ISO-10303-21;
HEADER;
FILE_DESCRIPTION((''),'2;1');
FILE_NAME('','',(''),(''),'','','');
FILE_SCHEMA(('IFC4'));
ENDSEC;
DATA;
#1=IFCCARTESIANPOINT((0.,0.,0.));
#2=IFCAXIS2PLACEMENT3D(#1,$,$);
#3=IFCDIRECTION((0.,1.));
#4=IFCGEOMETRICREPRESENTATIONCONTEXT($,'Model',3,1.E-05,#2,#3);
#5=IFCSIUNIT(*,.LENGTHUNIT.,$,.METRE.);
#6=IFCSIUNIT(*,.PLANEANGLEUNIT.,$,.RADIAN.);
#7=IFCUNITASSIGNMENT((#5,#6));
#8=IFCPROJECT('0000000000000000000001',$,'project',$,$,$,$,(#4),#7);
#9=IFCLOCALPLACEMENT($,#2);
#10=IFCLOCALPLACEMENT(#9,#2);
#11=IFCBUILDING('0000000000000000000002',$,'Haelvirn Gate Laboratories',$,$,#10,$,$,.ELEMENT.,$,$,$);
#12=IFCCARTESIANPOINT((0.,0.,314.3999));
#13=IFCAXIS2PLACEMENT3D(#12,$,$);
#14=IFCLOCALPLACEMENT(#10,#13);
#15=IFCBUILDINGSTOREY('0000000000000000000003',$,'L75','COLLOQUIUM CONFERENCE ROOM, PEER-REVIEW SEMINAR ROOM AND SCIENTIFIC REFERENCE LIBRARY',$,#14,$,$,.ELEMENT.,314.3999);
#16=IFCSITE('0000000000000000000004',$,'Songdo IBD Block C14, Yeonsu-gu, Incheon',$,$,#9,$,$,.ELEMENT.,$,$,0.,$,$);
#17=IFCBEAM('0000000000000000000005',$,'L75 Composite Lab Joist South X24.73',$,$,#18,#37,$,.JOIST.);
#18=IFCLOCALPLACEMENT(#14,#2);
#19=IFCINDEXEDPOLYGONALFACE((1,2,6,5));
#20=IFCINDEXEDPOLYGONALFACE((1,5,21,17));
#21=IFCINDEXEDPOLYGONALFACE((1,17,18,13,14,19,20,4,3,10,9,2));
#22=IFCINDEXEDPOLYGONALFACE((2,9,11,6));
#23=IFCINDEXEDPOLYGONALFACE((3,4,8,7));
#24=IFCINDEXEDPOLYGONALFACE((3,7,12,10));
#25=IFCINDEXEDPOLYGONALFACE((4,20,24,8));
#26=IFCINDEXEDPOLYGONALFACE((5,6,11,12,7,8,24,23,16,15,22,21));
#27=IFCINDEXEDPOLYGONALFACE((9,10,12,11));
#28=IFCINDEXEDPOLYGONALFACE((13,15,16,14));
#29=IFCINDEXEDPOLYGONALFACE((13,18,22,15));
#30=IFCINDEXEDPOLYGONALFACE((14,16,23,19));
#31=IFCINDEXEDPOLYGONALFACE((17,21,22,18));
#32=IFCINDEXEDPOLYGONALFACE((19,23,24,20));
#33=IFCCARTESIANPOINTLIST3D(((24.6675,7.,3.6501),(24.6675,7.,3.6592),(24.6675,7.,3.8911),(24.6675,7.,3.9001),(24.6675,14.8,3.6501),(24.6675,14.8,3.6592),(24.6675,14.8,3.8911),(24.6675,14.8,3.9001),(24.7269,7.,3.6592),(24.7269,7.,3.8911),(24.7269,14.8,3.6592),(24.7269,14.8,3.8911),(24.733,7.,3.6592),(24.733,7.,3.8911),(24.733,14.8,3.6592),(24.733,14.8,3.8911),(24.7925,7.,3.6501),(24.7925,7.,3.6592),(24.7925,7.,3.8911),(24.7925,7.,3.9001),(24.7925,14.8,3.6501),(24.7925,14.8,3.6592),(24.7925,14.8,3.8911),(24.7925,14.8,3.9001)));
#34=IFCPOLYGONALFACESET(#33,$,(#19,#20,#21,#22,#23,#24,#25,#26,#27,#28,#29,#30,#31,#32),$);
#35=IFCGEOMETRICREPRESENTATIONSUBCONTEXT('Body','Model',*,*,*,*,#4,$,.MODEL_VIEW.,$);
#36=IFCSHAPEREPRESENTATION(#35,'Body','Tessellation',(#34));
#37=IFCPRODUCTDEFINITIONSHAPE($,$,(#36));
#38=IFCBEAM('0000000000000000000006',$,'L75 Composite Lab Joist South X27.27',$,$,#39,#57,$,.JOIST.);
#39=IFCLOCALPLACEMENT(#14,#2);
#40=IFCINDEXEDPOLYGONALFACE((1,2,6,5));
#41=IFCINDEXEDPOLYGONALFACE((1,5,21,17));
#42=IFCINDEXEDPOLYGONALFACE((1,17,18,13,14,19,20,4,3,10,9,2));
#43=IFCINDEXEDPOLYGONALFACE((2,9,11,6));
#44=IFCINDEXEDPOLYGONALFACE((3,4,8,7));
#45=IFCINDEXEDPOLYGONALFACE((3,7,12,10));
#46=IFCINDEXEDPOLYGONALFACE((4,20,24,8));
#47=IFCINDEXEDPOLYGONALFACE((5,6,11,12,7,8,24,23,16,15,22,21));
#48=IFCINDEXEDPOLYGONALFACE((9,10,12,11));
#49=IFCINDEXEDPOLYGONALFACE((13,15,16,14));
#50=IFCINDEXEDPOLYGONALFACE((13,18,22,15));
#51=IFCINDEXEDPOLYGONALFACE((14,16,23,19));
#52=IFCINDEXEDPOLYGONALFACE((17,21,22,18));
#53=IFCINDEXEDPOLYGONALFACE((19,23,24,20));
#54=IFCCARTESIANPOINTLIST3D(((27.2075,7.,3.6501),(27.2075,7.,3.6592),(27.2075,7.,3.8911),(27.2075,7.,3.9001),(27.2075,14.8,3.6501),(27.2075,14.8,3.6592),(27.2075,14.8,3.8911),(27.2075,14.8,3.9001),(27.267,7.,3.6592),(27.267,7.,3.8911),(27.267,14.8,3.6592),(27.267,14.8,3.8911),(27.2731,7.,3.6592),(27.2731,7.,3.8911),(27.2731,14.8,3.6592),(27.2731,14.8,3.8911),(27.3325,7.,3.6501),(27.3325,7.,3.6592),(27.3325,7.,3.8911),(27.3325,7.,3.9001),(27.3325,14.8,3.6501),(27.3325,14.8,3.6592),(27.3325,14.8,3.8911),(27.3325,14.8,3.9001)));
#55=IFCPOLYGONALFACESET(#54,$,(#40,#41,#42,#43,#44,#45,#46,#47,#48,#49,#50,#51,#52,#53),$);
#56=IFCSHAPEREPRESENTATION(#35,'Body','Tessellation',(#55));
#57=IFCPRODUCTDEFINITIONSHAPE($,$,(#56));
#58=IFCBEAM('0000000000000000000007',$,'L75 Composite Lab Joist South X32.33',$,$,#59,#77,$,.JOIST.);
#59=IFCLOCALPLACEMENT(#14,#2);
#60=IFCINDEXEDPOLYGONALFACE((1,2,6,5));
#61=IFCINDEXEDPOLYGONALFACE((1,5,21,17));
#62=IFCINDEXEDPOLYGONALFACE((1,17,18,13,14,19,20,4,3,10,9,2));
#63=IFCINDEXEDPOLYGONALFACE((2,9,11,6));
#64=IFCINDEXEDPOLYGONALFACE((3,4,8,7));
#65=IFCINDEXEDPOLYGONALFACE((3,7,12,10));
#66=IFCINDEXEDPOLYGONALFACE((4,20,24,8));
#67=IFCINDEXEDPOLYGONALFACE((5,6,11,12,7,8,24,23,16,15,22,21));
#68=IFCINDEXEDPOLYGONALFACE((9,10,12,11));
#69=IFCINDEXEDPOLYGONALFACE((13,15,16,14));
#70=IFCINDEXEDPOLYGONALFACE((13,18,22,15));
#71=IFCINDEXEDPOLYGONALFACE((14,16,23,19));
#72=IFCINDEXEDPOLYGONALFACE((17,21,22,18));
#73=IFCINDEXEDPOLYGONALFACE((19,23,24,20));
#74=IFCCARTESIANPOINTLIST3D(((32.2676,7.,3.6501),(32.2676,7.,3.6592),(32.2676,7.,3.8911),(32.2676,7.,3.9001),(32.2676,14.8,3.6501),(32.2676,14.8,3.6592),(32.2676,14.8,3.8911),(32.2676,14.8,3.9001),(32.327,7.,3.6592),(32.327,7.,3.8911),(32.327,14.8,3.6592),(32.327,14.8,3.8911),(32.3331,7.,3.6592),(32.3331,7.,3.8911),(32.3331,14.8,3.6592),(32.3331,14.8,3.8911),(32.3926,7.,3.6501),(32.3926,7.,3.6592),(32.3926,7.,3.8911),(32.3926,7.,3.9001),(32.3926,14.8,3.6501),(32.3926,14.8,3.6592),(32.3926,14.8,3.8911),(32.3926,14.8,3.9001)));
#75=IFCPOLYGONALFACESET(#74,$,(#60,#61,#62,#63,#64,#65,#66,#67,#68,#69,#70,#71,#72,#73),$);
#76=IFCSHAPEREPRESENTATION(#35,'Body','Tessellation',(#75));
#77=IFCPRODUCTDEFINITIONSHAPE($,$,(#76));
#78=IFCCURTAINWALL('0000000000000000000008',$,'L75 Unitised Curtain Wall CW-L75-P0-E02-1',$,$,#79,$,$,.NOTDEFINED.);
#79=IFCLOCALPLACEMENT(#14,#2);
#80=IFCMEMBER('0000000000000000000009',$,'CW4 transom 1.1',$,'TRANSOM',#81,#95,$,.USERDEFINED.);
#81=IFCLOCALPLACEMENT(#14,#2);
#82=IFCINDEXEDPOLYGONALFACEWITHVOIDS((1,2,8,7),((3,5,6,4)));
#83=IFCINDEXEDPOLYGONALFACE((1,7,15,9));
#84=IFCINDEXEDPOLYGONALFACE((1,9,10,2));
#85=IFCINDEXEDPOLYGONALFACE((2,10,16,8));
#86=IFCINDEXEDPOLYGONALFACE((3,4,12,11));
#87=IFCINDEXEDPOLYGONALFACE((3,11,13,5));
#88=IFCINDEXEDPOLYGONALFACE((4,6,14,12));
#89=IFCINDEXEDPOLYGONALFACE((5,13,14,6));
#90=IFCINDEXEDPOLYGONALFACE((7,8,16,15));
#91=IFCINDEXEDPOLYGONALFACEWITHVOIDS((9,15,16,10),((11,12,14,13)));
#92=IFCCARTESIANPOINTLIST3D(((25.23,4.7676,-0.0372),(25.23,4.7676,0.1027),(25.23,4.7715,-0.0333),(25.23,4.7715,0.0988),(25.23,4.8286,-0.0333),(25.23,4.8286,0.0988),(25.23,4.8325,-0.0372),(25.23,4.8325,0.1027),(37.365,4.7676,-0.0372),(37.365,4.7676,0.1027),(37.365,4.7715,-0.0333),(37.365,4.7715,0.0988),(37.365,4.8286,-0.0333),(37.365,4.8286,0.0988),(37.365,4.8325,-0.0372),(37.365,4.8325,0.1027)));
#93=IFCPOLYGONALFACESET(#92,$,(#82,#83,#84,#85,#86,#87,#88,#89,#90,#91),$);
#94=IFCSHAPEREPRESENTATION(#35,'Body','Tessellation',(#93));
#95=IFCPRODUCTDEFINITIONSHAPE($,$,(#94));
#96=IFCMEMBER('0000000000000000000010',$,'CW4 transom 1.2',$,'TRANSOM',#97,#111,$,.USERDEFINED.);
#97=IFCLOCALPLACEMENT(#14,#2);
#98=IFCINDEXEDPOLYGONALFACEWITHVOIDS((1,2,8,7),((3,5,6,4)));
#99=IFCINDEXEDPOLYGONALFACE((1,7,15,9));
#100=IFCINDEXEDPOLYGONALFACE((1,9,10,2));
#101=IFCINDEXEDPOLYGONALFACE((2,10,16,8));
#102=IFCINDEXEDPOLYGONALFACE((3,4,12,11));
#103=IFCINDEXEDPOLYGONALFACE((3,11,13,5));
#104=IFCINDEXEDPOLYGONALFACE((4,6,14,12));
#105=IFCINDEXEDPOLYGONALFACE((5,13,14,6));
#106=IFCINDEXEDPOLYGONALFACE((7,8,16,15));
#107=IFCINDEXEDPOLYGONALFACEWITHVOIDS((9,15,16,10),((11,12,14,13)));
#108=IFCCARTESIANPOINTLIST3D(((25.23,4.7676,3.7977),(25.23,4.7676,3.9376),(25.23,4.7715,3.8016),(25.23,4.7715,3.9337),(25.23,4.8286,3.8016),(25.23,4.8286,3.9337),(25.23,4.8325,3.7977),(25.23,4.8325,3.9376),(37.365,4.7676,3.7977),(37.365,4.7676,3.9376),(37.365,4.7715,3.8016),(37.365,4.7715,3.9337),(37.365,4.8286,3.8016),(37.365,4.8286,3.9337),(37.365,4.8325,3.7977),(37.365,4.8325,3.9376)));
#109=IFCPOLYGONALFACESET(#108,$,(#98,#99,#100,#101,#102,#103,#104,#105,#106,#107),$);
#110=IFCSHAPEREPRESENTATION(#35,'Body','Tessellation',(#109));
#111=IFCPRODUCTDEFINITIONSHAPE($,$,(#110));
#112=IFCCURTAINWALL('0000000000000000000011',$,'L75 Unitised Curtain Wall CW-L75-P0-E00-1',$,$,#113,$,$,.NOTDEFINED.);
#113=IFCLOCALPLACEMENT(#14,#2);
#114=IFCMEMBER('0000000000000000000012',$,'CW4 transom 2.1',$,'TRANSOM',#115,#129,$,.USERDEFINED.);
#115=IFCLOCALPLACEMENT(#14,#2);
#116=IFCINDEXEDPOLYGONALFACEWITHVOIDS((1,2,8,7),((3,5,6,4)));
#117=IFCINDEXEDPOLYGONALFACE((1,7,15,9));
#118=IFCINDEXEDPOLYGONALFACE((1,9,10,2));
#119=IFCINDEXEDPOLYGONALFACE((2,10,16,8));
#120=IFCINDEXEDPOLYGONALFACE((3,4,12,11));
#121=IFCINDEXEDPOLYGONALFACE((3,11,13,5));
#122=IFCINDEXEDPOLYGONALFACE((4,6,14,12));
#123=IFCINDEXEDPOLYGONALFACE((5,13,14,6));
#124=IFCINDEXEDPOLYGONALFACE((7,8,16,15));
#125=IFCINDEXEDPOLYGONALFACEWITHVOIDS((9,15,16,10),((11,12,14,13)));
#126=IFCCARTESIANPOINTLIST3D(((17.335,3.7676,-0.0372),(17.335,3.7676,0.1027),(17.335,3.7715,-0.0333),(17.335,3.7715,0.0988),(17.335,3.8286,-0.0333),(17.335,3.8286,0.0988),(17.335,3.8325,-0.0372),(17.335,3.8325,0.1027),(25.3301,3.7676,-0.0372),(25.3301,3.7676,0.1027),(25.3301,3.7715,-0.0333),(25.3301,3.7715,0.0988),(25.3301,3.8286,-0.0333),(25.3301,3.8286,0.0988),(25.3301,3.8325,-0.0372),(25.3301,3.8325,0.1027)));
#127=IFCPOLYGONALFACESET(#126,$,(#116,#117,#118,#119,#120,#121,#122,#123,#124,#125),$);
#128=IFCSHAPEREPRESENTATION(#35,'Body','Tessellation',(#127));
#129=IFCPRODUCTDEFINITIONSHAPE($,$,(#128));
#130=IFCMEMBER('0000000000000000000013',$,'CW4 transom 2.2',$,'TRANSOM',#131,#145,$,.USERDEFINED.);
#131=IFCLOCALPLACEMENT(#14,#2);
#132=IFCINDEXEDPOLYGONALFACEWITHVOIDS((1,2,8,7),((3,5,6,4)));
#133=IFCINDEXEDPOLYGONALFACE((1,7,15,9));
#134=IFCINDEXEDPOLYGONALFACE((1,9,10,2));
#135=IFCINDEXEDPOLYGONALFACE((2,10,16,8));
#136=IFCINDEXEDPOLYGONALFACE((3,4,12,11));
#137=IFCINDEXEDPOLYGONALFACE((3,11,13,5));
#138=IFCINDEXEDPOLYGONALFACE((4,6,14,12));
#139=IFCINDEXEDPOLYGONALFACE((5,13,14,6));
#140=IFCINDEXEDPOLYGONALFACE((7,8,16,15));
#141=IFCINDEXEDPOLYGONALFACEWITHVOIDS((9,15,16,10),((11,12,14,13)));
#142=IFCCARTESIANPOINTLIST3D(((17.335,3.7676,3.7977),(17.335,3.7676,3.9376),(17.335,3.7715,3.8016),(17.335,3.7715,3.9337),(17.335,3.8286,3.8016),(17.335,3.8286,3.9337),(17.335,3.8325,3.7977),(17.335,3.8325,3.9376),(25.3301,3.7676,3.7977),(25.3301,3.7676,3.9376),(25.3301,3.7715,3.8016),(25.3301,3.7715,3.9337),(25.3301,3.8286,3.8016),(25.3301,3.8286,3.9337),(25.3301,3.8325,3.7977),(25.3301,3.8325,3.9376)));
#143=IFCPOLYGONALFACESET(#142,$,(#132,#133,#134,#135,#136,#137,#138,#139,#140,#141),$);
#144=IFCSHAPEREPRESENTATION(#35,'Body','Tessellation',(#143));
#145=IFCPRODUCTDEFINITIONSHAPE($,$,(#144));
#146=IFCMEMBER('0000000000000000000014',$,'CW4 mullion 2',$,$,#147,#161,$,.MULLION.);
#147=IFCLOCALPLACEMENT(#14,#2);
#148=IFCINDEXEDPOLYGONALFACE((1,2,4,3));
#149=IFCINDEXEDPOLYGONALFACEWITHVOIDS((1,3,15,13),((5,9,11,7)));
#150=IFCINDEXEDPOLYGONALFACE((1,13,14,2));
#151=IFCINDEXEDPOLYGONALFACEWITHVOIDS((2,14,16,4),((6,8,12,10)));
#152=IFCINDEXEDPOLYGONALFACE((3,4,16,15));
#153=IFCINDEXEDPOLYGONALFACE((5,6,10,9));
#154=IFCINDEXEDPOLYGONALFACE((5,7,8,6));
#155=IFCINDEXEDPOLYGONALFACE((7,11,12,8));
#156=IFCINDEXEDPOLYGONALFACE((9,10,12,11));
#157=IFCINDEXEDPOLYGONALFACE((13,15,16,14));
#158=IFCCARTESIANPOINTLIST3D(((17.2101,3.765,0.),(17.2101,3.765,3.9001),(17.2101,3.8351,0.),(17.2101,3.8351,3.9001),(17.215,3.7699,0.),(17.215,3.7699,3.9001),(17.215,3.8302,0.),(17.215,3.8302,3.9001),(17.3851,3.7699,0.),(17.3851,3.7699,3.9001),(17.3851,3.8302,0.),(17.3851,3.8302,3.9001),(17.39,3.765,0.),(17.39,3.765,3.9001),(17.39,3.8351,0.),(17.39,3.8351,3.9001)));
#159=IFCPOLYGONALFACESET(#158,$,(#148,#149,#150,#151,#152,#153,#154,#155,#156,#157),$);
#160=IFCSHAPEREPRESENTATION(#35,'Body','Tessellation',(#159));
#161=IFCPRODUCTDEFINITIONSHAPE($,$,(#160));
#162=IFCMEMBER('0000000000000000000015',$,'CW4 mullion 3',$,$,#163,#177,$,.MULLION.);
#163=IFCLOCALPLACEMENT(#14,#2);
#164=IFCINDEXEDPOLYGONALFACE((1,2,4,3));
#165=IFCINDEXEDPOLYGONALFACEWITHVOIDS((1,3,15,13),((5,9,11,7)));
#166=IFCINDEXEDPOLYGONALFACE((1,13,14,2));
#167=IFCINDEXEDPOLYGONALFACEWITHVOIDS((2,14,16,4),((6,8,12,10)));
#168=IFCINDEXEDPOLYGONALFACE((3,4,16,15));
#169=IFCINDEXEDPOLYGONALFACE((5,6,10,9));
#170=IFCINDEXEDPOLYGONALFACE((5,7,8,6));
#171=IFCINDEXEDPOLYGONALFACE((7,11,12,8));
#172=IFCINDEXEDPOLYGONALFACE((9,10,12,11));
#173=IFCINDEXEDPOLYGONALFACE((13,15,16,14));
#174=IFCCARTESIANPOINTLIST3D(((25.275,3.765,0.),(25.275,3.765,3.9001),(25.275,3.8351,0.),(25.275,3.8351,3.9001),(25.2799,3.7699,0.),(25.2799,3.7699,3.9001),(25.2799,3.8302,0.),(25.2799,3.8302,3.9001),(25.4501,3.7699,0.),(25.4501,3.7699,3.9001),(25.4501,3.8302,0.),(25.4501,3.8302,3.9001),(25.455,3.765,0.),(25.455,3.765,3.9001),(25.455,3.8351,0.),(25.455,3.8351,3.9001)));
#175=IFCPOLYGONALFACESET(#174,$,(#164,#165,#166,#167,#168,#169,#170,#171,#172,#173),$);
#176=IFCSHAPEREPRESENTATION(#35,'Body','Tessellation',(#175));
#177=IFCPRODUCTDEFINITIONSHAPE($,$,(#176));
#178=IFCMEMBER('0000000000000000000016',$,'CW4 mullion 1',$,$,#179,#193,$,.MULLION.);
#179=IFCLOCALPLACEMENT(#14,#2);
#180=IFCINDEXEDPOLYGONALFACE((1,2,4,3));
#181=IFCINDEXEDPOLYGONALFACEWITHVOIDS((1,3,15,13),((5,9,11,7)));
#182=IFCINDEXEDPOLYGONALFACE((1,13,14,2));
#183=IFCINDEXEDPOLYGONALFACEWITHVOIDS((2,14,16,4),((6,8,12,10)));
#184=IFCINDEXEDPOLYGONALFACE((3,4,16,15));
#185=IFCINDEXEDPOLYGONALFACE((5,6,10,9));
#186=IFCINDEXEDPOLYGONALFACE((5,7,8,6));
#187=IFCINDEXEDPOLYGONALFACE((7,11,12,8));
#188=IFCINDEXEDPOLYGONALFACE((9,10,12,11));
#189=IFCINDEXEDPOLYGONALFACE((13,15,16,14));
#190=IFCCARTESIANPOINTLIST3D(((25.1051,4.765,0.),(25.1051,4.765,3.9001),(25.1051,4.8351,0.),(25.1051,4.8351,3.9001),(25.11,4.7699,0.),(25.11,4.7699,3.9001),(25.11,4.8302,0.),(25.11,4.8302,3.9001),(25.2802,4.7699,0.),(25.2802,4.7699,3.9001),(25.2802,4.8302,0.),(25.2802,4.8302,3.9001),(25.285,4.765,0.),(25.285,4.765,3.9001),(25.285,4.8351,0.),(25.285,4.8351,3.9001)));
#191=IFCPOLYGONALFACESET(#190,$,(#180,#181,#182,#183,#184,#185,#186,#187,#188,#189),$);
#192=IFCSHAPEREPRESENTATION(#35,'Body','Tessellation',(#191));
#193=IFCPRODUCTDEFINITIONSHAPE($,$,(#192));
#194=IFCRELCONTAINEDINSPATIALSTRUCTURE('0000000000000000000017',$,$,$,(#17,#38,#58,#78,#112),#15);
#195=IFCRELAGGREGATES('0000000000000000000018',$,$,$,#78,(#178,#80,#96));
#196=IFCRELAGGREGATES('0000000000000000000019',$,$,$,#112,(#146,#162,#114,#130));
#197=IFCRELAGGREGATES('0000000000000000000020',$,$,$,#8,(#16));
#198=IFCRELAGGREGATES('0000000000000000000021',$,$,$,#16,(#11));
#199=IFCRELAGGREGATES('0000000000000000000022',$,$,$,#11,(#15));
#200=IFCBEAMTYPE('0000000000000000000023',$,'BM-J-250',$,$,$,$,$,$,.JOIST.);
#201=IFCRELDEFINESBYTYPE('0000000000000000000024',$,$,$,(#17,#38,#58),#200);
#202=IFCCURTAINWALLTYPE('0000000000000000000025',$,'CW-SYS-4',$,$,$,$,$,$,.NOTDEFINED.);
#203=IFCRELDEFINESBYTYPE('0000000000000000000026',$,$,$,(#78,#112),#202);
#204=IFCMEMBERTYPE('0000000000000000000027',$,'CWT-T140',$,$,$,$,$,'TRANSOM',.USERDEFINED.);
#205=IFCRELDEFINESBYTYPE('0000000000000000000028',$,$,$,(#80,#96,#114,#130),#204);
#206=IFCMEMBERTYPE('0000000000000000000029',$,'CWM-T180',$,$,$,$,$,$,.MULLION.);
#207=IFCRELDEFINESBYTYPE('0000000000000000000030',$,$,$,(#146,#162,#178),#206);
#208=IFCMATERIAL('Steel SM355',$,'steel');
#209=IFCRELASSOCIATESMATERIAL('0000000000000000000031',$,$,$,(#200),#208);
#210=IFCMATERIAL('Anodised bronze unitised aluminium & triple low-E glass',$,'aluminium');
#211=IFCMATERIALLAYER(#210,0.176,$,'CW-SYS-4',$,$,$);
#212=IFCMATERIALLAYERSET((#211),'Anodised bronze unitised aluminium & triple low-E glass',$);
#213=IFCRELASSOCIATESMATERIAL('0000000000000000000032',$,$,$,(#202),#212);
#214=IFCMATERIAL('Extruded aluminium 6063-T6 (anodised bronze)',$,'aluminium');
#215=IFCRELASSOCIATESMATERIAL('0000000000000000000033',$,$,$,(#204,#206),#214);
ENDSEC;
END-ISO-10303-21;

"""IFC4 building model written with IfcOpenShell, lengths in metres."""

from ifc_helpers import new_model, si_unit, direction, frame, origin, origin_2d, place, context, subcontext, project, spatial, hollow_rectangle, i_section, extrude, source, transform, mapped, material, layer, layer_set, material_profile, profile_set, type_object, type_shapes, element, aggregate, save


model = new_model("IFC4")

# Units and contexts
model_context = context("Model", 3, precision=1e-05, world=origin(), true_north=direction((0.0, 1.0)))
body_context = subcontext(model_context, "Body", "Model", "MODEL_VIEW")
ifc_project = project(units=[si_unit("LENGTHUNIT", "METRE"), si_unit("PLANEANGLEUNIT", "RADIAN")], contexts=[model_context])

# Site, building, storey
site_placement = place(None, origin())
site = spatial("IfcSite", under=ifc_project, at=site_placement, Name="Songdo IBD Block C14, Yeonsu-gu, Incheon", CompositionType="ELEMENT", RefElevation=0.0)
building_placement = place(site_placement, origin())
building = spatial("IfcBuilding", under=site, at=building_placement, Name="Haelvirn Gate Laboratories", CompositionType="ELEMENT")
storey_placement = place(building_placement, frame((0.0, 0.0, 314.3999)))
storey = spatial("IfcBuildingStorey", under=building, at=storey_placement, Name="L75", Description="COLLOQUIUM CONFERENCE ROOM, PEER-REVIEW SEMINAR ROOM AND SCIENTIFIC REFERENCE LIBRARY", CompositionType="ELEMENT", Elevation=314.3999)

# Shared definitions
ifc_material_1 = material(Name="Steel SM355", Category="steel")

# Beams
ifc_material_profile_1 = material_profile(ifc_material_1, i_section(OverallWidth=0.125, OverallDepth=0.25, WebThickness=0.0061, FlangeThickness=0.009, at=origin_2d()), Name="H-250x125x6x9")
ifc_profile_set_1 = profile_set([ifc_material_profile_1], Name="Steel SM355")
beam_type_1 = type_object("IfcBeamType", Name="BM-J-250", PredefinedType="JOIST", material=ifc_profile_set_1)
shared_shape_1 = source(origin(), body_context, "Body", "SweptSolid", [
    extrude(i_section(OverallWidth=0.125, OverallDepth=0.25, WebThickness=0.0061, FlangeThickness=0.009, at=origin_2d()), origin(), (0.0, 0.0, 1.0), 7.8),
])
type_shapes(beam_type_1, [shared_shape_1])
for number, where, z_axis, x_axis, name in (
    (1, (24.73, 7.0, 3.7751), (0.0, 1.0, 0.0), (-1.0, 0.0, 0.0), "L75 Composite Lab Joist South X24.73"),
    (2, (27.27, 7.0, 3.7751), (0.0, 1.0, 0.0), (-1.0, 0.0, 0.0), "L75 Composite Lab Joist South X27.27"),
    (3, (32.3301, 7.0, 3.7751), (0.0, 1.0, 0.0), (-1.0, 0.0, 0.0), "L75 Composite Lab Joist South X32.33"),
):
    element("IfcBeam", number, at=place(storey_placement, frame(where, z_axis=z_axis, x_axis=x_axis)), inside=storey, type_object=beam_type_1, Name=name, PredefinedType="JOIST", context=body_context, shape_type="MappedRepresentation", body=[
        mapped(shared_shape_1, transform((0.0, 0.0, 0.0), scale=1.0)),
    ])

# Curtain walls, members
ifc_material_2 = material(Name="Anodised bronze unitised aluminium & triple low-E glass", Category="aluminium")
ifc_layer_1 = layer(ifc_material_2, 0.176, Name="CW-SYS-4")
ifc_layer_set_1 = layer_set([ifc_layer_1], Name="Anodised bronze unitised aluminium & triple low-E glass")
curtain_wall_type = type_object("IfcCurtainWallType", Name="CW-SYS-4", PredefinedType="NOTDEFINED", material=ifc_layer_set_1)
curtain_wall_1_placement = place(storey_placement, origin())
curtain_wall_1 = element("IfcCurtainWall", 4, at=curtain_wall_1_placement, inside=storey, type_object=curtain_wall_type, Name="L75 Unitised Curtain Wall CW-L75-P0-E02-1", PredefinedType="NOTDEFINED")
ifc_material_3 = material(Name="Extruded aluminium 6063-T6 (anodised bronze)", Category="aluminium")
ifc_material_profile_2 = material_profile(ifc_material_3, hollow_rectangle(XDim=0.0649, YDim=0.1399, WallThickness=0.0039, at=origin_2d()), Name="CWT-140x65x4")
ifc_profile_set_2 = profile_set([ifc_material_profile_2], Name="Extruded aluminium 6063-T6 (anodised bronze)")
member_type_1 = type_object("IfcMemberType", Name="CWT-T140", ElementType="TRANSOM", PredefinedType="USERDEFINED", material=ifc_profile_set_2)
shared_shape_2 = source(origin(), body_context, "Body", "SweptSolid", [
    extrude(hollow_rectangle(XDim=0.0649, YDim=0.1399, WallThickness=0.0039, at=origin_2d()), origin(), (0.0, 0.0, 1.0), 12.135),
])
member_1_placement = place(storey_placement, frame((25.23, 4.8, 0.0327), z_axis=(1.0, 0.0, 0.0), x_axis=(0.0, 1.0, 0.0)))
member_1 = element("IfcMember", 5, at=member_1_placement, type_object=member_type_1, Name="CW4 transom 1.1", ObjectType="TRANSOM", PredefinedType="USERDEFINED", context=body_context, shape_type="MappedRepresentation", body=[
    mapped(shared_shape_2, transform((0.0, 0.0, 0.0), scale=1.0)),
])
member_2_placement = place(storey_placement, frame((25.23, 4.8, 3.8677), z_axis=(1.0, 0.0, 0.0), x_axis=(0.0, 1.0, 0.0)))
member_2 = element("IfcMember", 6, at=member_2_placement, type_object=member_type_1, Name="CW4 transom 1.2", ObjectType="TRANSOM", PredefinedType="USERDEFINED", context=body_context, shape_type="MappedRepresentation", body=[
    mapped(shared_shape_2, transform((0.0, 0.0, 0.0), scale=1.0)),
])
curtain_wall_2_placement = place(storey_placement, origin())
curtain_wall_2 = element("IfcCurtainWall", 7, at=curtain_wall_2_placement, inside=storey, type_object=curtain_wall_type, Name="L75 Unitised Curtain Wall CW-L75-P0-E00-1", PredefinedType="NOTDEFINED")
shared_shape_3 = source(origin(), body_context, "Body", "SweptSolid", [
    extrude(hollow_rectangle(XDim=0.0649, YDim=0.1399, WallThickness=0.0039, at=origin_2d()), origin(), (0.0, 0.0, 1.0), 7.9951),
])
type_shapes(member_type_1, [shared_shape_2, shared_shape_3])
member_3_placement = place(storey_placement, frame((17.335, 3.8, 0.0327), z_axis=(1.0, 0.0, 0.0), x_axis=(0.0, 1.0, 0.0)))
member_3 = element("IfcMember", 8, at=member_3_placement, type_object=member_type_1, Name="CW4 transom 2.1", ObjectType="TRANSOM", PredefinedType="USERDEFINED", context=body_context, shape_type="MappedRepresentation", body=[
    mapped(shared_shape_3, transform((0.0, 0.0, 0.0), scale=1.0)),
])
member_4_placement = place(storey_placement, frame((17.335, 3.8, 3.8677), z_axis=(1.0, 0.0, 0.0), x_axis=(0.0, 1.0, 0.0)))
member_4 = element("IfcMember", 9, at=member_4_placement, type_object=member_type_1, Name="CW4 transom 2.2", ObjectType="TRANSOM", PredefinedType="USERDEFINED", context=body_context, shape_type="MappedRepresentation", body=[
    mapped(shared_shape_3, transform((0.0, 0.0, 0.0), scale=1.0)),
])
ifc_material_profile_3 = material_profile(ifc_material_3, hollow_rectangle(XDim=0.0701, YDim=0.1799, WallThickness=0.0049, at=origin_2d()), Name="CWM-180x70x5")
ifc_profile_set_3 = profile_set([ifc_material_profile_3], Name="Extruded aluminium 6063-T6 (anodised bronze)")
member_type_2 = type_object("IfcMemberType", Name="CWM-T180", PredefinedType="MULLION", material=ifc_profile_set_3)
shared_shape_4 = source(origin(), body_context, "Body", "SweptSolid", [
    extrude(hollow_rectangle(XDim=0.0701, YDim=0.1799, WallThickness=0.0049, at=origin_2d()), origin(), (0.0, 0.0, 1.0), 3.9001),
])
type_shapes(member_type_2, [shared_shape_4])
member_5_placement = place(storey_placement, frame((17.3, 3.8, 0.0), z_axis=(0.0, 0.0, 1.0), x_axis=(0.0, 1.0, 0.0)))
member_5 = element("IfcMember", 10, at=member_5_placement, type_object=member_type_2, Name="CW4 mullion 2", PredefinedType="MULLION", context=body_context, shape_type="MappedRepresentation", body=[
    mapped(shared_shape_4, transform((0.0, 0.0, 0.0), scale=1.0)),
])
member_6_placement = place(storey_placement, frame((25.365, 3.8, 0.0), z_axis=(0.0, 0.0, 1.0), x_axis=(0.0, 1.0, 0.0)))
member_6 = element("IfcMember", 11, at=member_6_placement, type_object=member_type_2, Name="CW4 mullion 3", PredefinedType="MULLION", context=body_context, shape_type="MappedRepresentation", body=[
    mapped(shared_shape_4, transform((0.0, 0.0, 0.0), scale=1.0)),
])

# Member
member_7_placement = place(storey_placement, frame((25.1951, 4.8, 0.0), z_axis=(0.0, 0.0, 1.0), x_axis=(0.0, 1.0, 0.0)))
member_7 = element("IfcMember", 12, at=member_7_placement, type_object=member_type_2, Name="CW4 mullion 1", PredefinedType="MULLION", context=body_context, shape_type="MappedRepresentation", body=[
    mapped(shared_shape_4, transform((0.0, 0.0, 0.0), scale=1.0)),
])

aggregate(curtain_wall_1, [member_7, member_1, member_2])
aggregate(curtain_wall_2, [member_5, member_6, member_3, member_4])

save(model, "model.ifc")
